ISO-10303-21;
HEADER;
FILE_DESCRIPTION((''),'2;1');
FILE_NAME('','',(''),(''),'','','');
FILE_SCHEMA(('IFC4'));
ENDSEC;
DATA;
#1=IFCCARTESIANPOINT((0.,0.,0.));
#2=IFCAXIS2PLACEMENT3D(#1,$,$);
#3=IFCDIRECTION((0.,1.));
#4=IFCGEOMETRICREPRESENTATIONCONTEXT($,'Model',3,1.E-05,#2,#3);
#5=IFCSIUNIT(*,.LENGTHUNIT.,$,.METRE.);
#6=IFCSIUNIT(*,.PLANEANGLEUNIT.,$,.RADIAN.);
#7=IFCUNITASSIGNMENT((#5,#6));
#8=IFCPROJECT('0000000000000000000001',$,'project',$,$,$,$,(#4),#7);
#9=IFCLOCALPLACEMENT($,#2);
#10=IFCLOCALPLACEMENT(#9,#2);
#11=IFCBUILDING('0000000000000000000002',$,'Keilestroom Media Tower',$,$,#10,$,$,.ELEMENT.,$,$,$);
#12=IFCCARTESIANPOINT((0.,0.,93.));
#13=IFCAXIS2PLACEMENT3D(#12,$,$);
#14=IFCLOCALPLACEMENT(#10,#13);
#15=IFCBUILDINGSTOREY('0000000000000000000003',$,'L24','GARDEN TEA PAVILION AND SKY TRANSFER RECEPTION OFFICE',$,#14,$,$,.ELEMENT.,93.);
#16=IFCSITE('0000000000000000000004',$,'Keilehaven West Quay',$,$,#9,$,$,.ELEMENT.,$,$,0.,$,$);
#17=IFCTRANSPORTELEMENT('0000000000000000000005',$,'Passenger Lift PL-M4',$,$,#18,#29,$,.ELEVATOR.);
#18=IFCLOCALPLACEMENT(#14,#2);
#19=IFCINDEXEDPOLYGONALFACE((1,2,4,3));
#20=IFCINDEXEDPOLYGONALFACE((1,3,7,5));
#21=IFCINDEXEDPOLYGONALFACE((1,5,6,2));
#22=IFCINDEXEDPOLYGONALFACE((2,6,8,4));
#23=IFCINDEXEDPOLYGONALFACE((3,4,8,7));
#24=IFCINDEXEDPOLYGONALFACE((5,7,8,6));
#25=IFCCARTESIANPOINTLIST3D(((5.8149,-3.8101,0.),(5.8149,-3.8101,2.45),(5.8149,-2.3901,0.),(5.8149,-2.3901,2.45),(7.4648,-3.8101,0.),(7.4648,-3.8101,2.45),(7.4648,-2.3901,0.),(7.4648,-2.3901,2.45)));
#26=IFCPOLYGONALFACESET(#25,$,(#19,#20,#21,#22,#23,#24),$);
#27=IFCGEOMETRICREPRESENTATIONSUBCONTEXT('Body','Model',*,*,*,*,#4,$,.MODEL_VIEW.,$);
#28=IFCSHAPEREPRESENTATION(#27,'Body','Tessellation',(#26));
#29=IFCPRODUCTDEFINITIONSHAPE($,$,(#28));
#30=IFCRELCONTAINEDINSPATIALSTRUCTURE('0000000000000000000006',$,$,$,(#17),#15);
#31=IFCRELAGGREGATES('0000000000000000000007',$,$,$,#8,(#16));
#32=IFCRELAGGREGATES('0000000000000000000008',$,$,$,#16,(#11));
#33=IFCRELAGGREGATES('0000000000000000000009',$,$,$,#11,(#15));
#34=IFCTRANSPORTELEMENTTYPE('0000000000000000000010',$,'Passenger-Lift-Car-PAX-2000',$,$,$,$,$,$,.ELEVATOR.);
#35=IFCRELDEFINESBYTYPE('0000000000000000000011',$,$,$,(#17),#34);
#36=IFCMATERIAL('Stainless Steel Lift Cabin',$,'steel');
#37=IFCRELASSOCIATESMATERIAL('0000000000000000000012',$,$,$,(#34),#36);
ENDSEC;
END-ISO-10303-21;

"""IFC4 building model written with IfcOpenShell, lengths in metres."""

from ifc_helpers import new_model, si_unit, direction, frame, origin, origin_2d, place, context, subcontext, project, spatial, rectangle, extrude, source, transform, mapped, material, type_object, element, save


model = new_model("IFC4")

# Units and contexts
model_context = context("Model", 3, precision=1e-05, world=origin(), true_north=direction((0.0, 1.0)))
body_context = subcontext(model_context, "Body", "Model", "MODEL_VIEW")
ifc_project = project(units=[si_unit("LENGTHUNIT", "METRE"), si_unit("PLANEANGLEUNIT", "RADIAN")], contexts=[model_context])

# Site, building, storey
site_placement = place(None, origin())
site = spatial("IfcSite", under=ifc_project, at=site_placement, Name="Keilehaven West Quay", CompositionType="ELEMENT", RefElevation=0.0)
building_placement = place(site_placement, origin())
building = spatial("IfcBuilding", under=site, at=building_placement, Name="Keilestroom Media Tower", CompositionType="ELEMENT")
storey_placement = place(building_placement, frame((0.0, 0.0, 93.0)))
storey = spatial("IfcBuildingStorey", under=building, at=storey_placement, Name="L24", Description="GARDEN TEA PAVILION AND SKY TRANSFER RECEPTION OFFICE", CompositionType="ELEMENT", Elevation=93.0)

# Transport element
ifc_material_1 = material(Name="Stainless Steel Lift Cabin", Category="steel")
transport_element_type = type_object("IfcTransportElementType", Name="Passenger-Lift-Car-PAX-2000", PredefinedType="ELEVATOR", material=ifc_material_1)
shared_shape_1 = source(origin(), body_context, "Body", "SweptSolid", [
    extrude(rectangle(XDim=1.6499, YDim=1.4199, at=origin_2d()), origin(), (0.0, 0.0, 1.0), 2.45),
])
transport_element_1_placement = place(storey_placement, frame((6.6399, -3.1001, 0.0), z_axis=(0.0, 0.0, 1.0), x_axis=(1.0, 0.0, 0.0)))
element("IfcTransportElement", 1, at=transport_element_1_placement, inside=storey, type_object=transport_element_type, Name="Passenger Lift PL-M4", PredefinedType="ELEVATOR", context=body_context, shape_type="MappedRepresentation", body=[
    mapped(shared_shape_1, transform((0.0, 0.0, 0.0), x_axis=(1.0, 0.0, 0.0), y_axis=(0.0, 1.0, 0.0), z_axis=(0.0, 0.0, 1.0), scale=1.0)),
])

save(model, "model.ifc")
